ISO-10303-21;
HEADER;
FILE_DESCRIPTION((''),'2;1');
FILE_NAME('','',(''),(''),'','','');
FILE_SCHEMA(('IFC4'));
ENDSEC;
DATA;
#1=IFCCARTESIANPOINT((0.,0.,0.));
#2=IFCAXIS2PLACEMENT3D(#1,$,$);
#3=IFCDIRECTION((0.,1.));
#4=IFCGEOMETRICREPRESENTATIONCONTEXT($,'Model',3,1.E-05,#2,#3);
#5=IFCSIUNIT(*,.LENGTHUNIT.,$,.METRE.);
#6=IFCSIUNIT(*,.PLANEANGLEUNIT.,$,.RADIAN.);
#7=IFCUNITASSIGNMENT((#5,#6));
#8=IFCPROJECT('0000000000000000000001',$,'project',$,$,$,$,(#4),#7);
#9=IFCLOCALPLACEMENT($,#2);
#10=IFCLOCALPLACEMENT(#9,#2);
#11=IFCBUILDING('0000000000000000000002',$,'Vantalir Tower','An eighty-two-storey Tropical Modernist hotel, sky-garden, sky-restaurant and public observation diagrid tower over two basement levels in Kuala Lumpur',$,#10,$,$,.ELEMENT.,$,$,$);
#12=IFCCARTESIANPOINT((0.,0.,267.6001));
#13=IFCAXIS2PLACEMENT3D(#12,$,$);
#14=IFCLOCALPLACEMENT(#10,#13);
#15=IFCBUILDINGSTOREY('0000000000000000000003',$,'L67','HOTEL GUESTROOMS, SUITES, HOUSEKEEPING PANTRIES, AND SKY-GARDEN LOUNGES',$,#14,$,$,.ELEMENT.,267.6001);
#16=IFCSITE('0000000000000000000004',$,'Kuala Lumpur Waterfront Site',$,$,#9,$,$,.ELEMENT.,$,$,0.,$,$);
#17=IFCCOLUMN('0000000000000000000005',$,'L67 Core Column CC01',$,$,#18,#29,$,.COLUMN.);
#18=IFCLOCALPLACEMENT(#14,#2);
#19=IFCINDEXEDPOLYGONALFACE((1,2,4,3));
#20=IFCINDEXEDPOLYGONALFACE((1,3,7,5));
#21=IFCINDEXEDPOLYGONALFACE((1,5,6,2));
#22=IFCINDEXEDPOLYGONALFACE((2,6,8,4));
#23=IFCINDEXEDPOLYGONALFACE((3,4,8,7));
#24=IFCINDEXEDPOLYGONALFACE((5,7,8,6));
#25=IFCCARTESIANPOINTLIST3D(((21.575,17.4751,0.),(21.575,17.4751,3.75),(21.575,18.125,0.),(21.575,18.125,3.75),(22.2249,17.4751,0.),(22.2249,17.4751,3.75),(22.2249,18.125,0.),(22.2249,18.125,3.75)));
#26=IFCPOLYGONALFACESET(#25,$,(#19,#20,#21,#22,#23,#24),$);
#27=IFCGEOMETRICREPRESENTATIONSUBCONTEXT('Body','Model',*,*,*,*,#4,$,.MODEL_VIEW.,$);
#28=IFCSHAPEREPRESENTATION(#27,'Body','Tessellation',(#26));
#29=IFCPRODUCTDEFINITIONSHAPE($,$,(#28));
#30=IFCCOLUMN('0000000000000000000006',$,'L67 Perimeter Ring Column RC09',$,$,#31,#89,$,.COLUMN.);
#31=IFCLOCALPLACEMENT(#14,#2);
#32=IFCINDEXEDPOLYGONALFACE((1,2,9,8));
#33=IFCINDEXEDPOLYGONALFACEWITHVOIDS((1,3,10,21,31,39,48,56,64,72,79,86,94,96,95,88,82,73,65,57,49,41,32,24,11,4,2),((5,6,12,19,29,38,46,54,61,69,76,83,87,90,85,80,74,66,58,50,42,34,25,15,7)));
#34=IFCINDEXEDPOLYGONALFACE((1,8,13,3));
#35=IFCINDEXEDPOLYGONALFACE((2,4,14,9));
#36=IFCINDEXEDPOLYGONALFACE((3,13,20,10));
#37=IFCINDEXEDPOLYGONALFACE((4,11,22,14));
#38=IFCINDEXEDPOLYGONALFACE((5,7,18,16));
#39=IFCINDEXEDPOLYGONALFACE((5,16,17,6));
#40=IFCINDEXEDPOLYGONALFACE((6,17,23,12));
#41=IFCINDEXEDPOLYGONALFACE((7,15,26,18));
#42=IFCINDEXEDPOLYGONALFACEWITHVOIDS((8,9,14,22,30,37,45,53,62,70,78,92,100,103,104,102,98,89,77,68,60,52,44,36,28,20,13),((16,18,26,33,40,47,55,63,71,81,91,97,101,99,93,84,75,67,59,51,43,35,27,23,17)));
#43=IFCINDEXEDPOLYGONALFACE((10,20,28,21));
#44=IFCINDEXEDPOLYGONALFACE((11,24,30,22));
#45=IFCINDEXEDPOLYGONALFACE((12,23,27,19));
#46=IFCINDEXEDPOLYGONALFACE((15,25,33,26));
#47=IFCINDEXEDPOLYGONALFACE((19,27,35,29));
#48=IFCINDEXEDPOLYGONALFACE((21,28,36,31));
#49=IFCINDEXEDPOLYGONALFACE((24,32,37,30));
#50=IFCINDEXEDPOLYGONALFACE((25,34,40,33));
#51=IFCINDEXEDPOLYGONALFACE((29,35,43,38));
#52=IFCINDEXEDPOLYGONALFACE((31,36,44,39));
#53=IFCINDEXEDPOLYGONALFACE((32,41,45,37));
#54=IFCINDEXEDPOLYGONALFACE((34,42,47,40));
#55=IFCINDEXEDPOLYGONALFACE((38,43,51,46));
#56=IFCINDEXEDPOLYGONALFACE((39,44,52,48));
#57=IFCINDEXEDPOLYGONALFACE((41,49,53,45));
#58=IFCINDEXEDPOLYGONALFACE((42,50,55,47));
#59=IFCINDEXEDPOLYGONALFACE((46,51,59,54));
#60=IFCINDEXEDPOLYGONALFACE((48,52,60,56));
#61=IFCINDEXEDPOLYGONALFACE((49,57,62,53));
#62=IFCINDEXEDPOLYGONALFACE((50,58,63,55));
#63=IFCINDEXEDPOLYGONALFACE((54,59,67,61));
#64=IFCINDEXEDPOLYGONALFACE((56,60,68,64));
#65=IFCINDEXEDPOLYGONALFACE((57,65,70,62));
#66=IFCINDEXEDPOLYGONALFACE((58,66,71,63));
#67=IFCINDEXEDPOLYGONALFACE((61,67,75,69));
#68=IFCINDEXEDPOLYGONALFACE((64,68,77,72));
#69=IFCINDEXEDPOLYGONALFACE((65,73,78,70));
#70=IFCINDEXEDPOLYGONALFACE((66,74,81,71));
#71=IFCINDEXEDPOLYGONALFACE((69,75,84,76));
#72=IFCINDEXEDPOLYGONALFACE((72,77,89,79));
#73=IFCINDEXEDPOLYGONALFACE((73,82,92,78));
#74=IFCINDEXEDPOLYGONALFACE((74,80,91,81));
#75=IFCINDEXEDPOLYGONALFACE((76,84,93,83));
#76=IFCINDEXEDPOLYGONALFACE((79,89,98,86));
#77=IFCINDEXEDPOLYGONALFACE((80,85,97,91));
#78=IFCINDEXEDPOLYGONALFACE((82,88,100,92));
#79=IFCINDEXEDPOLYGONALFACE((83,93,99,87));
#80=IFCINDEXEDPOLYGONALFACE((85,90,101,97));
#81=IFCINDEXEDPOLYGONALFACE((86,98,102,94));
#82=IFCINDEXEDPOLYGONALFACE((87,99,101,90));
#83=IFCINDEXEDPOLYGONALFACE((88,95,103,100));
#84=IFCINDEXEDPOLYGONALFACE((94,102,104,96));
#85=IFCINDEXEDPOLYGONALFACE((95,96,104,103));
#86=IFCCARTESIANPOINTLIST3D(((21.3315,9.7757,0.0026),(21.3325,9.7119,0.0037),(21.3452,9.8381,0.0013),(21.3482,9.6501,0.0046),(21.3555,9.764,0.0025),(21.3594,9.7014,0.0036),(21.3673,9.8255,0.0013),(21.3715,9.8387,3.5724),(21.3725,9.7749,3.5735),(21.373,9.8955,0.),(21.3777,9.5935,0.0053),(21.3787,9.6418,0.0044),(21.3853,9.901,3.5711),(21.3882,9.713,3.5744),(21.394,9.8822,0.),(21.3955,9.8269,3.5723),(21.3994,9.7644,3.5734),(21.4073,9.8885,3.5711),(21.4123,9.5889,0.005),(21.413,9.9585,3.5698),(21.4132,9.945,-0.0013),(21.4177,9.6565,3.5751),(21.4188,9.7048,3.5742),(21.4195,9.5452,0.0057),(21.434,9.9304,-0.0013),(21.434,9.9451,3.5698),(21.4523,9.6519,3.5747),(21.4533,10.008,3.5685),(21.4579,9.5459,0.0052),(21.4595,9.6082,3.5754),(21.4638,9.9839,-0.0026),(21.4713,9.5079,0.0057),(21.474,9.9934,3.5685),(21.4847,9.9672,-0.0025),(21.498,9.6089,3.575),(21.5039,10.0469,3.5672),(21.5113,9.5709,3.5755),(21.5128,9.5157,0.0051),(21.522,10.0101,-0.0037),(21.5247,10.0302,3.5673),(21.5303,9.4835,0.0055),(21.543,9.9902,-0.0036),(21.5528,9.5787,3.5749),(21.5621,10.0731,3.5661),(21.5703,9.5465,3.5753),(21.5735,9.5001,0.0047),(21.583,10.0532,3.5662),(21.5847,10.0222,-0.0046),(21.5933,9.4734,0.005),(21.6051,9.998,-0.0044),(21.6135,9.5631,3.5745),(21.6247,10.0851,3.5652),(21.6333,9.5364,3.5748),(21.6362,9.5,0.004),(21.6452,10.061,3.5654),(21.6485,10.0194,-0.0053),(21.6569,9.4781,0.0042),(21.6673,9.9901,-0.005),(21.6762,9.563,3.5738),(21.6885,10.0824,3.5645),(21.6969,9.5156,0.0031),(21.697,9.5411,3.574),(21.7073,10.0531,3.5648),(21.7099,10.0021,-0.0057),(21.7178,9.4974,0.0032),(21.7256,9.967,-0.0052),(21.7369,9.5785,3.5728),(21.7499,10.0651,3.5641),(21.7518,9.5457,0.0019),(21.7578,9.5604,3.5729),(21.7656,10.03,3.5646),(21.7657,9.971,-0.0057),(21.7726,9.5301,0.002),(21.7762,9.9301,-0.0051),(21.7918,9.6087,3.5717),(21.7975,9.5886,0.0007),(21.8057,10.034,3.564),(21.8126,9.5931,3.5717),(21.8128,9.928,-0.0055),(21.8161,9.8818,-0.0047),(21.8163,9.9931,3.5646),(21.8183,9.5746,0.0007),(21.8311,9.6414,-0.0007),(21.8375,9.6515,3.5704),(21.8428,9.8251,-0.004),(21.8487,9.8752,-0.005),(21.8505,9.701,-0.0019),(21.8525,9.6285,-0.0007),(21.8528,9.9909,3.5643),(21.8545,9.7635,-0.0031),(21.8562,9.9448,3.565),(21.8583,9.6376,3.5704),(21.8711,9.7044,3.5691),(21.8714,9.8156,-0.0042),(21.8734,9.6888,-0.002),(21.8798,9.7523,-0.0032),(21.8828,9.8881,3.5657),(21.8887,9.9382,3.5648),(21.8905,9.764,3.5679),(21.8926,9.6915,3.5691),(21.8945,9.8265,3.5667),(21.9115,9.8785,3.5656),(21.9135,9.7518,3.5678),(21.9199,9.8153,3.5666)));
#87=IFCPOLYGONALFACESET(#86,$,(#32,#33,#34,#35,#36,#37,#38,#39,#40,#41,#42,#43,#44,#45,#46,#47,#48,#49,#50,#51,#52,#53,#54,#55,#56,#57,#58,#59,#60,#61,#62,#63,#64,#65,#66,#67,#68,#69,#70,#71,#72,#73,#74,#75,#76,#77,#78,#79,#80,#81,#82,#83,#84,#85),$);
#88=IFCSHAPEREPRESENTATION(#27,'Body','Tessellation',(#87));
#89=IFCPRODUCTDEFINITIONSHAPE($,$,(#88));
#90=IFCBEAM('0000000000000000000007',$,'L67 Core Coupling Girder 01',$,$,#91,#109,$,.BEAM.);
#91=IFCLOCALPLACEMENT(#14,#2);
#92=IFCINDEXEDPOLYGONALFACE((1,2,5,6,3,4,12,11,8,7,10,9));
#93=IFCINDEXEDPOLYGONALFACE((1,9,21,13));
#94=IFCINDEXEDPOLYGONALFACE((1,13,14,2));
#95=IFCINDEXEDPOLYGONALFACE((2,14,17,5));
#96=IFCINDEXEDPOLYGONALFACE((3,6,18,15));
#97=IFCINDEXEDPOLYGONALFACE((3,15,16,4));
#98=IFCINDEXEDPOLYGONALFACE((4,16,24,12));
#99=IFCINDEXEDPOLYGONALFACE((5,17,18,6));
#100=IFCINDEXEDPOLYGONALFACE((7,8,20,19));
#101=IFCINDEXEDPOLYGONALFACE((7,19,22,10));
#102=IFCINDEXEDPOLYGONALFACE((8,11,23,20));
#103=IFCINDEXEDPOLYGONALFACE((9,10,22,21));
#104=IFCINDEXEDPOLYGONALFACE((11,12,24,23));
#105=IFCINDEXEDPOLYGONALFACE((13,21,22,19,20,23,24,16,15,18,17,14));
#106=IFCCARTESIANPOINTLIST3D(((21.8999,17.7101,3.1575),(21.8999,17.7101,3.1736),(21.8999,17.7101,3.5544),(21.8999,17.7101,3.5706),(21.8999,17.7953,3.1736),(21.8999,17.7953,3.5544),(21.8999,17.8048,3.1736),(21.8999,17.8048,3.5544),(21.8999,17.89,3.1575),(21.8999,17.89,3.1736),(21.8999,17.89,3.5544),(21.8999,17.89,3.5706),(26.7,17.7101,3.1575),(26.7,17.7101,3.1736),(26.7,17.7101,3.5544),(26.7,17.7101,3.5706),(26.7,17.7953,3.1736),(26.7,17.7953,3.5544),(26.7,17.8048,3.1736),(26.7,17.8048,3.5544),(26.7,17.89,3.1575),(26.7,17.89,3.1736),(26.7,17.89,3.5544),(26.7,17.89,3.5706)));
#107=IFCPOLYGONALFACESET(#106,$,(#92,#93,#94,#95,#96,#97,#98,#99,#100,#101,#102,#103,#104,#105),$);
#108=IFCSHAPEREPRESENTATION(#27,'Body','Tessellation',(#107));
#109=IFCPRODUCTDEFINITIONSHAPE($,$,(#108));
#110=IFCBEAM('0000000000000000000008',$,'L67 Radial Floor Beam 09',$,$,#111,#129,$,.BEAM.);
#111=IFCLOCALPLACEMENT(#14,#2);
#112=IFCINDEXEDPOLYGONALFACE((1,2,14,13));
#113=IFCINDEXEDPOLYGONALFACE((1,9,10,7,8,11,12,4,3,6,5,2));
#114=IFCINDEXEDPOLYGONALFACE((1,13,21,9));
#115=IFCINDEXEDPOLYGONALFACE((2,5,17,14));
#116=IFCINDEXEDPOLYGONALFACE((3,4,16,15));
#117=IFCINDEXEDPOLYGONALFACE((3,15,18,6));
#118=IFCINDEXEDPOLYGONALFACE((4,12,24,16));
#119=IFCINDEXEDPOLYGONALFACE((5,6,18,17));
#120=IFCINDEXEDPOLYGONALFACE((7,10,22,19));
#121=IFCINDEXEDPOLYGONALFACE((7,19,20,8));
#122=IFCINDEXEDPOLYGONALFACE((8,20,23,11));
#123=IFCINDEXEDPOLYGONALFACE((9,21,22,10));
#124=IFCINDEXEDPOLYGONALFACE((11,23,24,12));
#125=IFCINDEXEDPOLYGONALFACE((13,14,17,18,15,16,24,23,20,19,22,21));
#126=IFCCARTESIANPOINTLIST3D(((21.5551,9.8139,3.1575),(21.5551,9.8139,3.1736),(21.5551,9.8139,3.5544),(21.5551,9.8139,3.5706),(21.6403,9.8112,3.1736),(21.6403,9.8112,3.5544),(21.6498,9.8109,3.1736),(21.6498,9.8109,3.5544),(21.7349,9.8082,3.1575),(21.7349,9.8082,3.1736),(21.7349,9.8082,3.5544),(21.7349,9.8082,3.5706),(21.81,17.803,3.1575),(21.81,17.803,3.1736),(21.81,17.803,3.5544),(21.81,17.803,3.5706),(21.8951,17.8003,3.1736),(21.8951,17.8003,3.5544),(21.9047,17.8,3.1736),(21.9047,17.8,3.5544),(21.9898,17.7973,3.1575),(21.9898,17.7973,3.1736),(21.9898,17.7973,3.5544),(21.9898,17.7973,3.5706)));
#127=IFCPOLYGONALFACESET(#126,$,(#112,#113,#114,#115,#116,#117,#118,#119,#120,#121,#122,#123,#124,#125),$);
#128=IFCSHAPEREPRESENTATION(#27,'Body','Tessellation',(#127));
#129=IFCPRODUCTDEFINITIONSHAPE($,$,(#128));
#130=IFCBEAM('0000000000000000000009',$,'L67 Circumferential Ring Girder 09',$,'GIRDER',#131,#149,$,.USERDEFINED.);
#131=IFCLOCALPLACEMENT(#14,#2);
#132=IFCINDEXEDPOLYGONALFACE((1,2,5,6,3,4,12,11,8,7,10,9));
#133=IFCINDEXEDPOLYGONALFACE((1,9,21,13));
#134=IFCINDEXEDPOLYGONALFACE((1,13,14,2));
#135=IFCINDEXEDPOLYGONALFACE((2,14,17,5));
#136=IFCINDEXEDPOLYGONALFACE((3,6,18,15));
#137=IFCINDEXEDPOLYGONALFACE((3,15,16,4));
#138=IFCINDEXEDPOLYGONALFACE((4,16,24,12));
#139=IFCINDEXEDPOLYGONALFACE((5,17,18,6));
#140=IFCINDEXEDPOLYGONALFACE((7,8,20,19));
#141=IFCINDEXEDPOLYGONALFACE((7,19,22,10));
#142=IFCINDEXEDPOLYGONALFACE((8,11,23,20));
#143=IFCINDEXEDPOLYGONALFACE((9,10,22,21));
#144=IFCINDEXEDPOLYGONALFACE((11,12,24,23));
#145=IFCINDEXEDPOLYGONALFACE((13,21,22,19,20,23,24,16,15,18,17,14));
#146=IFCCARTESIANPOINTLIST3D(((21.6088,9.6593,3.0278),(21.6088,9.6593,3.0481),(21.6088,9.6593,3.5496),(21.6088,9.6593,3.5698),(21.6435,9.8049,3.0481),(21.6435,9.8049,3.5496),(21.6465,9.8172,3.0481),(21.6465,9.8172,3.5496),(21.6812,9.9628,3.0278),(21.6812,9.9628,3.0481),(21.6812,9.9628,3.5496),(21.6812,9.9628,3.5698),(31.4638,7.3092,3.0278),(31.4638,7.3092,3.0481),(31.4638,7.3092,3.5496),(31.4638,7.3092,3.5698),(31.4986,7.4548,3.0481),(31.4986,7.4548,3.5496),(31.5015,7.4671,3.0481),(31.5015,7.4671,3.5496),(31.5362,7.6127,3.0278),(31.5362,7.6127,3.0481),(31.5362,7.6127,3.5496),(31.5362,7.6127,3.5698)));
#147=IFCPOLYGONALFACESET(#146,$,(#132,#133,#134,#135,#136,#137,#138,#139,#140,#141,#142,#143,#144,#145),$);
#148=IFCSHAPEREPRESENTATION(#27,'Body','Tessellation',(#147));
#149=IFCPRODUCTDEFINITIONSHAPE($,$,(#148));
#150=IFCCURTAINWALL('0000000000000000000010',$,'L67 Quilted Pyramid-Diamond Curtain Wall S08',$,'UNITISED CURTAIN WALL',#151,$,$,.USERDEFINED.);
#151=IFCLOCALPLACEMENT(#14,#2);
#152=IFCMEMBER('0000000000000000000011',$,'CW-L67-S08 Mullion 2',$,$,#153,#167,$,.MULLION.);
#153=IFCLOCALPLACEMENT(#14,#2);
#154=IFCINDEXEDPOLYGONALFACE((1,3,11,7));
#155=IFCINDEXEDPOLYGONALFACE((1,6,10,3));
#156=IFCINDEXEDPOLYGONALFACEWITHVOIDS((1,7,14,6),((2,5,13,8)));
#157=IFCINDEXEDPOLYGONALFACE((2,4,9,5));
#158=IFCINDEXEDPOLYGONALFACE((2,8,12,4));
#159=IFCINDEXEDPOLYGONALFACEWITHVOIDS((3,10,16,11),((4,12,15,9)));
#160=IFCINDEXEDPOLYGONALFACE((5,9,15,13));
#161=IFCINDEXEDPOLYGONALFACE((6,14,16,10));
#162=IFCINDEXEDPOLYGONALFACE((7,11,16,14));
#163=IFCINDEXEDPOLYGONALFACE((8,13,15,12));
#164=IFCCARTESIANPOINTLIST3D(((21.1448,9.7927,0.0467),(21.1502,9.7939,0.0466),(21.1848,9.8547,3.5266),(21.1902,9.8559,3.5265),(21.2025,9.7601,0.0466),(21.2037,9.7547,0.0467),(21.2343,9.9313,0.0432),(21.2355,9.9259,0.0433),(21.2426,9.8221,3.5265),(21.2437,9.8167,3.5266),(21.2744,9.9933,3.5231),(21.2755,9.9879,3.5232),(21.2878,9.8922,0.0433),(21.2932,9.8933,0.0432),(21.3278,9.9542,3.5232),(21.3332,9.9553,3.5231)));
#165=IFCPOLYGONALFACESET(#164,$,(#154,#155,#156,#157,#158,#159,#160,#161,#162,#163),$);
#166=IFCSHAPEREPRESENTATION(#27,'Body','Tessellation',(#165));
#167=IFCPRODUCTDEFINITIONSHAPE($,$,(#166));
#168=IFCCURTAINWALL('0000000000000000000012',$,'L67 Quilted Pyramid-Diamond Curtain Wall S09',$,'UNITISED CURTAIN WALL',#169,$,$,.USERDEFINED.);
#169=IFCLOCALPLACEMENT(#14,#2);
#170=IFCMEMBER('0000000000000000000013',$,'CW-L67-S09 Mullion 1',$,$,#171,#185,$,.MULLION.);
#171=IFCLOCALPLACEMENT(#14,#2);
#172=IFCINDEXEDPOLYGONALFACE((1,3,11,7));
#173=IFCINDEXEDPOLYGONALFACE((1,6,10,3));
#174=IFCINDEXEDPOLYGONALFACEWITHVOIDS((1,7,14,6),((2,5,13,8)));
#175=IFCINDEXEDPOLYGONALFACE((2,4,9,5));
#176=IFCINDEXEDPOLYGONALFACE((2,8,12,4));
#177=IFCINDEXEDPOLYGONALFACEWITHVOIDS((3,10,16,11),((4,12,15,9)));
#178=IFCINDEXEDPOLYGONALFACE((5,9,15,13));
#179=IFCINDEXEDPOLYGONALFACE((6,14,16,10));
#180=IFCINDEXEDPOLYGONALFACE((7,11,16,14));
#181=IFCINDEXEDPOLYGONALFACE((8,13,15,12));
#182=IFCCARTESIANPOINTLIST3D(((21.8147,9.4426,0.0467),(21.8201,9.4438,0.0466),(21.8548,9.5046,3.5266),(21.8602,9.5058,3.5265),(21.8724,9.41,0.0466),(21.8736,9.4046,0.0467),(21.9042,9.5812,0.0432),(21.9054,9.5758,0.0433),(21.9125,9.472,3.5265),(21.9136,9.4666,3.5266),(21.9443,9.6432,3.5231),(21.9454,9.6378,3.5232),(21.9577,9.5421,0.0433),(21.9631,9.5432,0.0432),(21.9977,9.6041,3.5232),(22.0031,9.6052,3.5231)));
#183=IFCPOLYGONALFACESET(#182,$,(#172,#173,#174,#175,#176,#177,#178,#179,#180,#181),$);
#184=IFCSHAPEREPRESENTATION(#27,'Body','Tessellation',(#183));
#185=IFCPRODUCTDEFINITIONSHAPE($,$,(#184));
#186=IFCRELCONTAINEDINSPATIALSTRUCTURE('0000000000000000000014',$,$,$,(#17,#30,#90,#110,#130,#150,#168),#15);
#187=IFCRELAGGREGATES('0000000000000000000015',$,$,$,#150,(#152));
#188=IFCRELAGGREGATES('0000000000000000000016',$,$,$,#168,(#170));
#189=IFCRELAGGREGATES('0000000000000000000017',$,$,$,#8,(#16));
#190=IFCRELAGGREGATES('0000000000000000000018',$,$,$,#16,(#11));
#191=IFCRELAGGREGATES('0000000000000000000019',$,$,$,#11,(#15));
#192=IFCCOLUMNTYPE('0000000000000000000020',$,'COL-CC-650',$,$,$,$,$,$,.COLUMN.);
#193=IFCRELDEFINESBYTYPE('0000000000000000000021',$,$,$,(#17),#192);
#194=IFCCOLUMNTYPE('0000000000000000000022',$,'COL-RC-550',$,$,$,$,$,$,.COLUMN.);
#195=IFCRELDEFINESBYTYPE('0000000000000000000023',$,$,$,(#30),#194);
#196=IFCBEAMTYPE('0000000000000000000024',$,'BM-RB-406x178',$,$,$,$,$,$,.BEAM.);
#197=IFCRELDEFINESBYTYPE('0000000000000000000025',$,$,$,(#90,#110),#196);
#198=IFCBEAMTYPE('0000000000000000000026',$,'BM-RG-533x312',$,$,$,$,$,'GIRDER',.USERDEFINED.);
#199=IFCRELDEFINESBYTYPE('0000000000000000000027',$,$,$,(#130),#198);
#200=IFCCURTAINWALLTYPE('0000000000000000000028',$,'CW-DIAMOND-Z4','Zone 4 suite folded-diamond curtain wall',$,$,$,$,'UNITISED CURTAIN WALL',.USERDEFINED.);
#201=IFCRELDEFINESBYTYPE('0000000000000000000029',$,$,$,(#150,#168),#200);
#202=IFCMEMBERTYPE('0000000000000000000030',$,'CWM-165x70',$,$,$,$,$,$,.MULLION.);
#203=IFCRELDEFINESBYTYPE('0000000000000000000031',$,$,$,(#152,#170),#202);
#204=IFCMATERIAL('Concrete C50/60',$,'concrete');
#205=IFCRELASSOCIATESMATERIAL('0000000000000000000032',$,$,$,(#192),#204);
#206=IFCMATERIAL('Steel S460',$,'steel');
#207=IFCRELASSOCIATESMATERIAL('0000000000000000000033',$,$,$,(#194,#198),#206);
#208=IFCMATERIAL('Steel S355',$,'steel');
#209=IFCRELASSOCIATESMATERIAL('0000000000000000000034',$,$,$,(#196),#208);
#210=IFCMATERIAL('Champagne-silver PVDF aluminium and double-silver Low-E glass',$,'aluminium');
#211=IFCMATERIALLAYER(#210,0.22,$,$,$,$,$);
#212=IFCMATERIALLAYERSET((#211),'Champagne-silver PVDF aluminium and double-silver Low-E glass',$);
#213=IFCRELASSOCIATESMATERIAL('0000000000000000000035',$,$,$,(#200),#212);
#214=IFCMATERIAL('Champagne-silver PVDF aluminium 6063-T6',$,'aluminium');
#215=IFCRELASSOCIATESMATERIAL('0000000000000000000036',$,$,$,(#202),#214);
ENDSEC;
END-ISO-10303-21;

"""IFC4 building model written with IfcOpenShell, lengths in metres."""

from ifc_helpers import new_model, si_unit, direction, frame, origin, origin_2d, place, context, subcontext, project, spatial, rectangle, hollow_rectangle, hollow_circle, i_section, extrude, material, layer, layer_set, material_profile, profile_set, type_object, element, aggregate, save


model = new_model("IFC4")

# Units and contexts
model_context = context("Model", 3, precision=1e-05, world=origin(), true_north=direction((0.0, 1.0)))
body_context = subcontext(model_context, "Body", "Model", "MODEL_VIEW")
ifc_project = project(units=[si_unit("LENGTHUNIT", "METRE"), si_unit("PLANEANGLEUNIT", "RADIAN")], contexts=[model_context])

# Site, building, storey
site_placement = place(None, origin())
site = spatial("IfcSite", under=ifc_project, at=site_placement, Name="Kuala Lumpur Waterfront Site", CompositionType="ELEMENT", RefElevation=0.0)
building_placement = place(site_placement, origin())
building = spatial("IfcBuilding", under=site, at=building_placement, Name="Vantalir Tower", Description="An eighty-two-storey Tropical Modernist hotel, sky-garden, sky-restaurant and public observation diagrid tower over two basement levels in Kuala Lumpur", CompositionType="ELEMENT")
storey_placement = place(building_placement, frame((0.0, 0.0, 267.6001)))
storey = spatial("IfcBuildingStorey", under=building, at=storey_placement, Name="L67", Description="HOTEL GUESTROOMS, SUITES, HOUSEKEEPING PANTRIES, AND SKY-GARDEN LOUNGES", CompositionType="ELEMENT", Elevation=267.6001)

# Columns
ifc_material_1 = material(Name="Concrete C50/60", Category="concrete")
ifc_material_profile_1 = material_profile(ifc_material_1, rectangle(XDim=0.6499, YDim=0.6499, at=origin_2d()), Name="Concrete C50/60")
ifc_profile_set_1 = profile_set([ifc_material_profile_1], Name="Concrete C50/60")
column_type_1 = type_object("IfcColumnType", Name="COL-CC-650", PredefinedType="COLUMN", material=ifc_profile_set_1)
column_1_placement = place(storey_placement, frame((21.8999, 17.8, 0.0), z_axis=(0.0, 0.0, 1.0), x_axis=(1.0, 0.0, 0.0)))
element("IfcColumn", 1, at=column_1_placement, inside=storey, type_object=column_type_1, Name="L67 Core Column CC01", PredefinedType="COLUMN", context=body_context, shape_type="SweptSolid", body=[
    extrude(rectangle(XDim=0.6499, YDim=0.6499, at=origin_2d()), origin(), (0.0, 0.0, 1.0), 3.75),
])
ifc_material_2 = material(Name="Steel S460", Category="steel")
ifc_material_profile_2 = material_profile(ifc_material_2, hollow_circle(Radius=0.2749, WallThickness=0.0249, at=origin_2d()), Name="Steel S460")
ifc_profile_set_2 = profile_set([ifc_material_profile_2], Name="Steel S460")
column_type_2 = type_object("IfcColumnType", Name="COL-RC-550", PredefinedType="COLUMN", material=ifc_profile_set_2)
column_2_placement = place(storey_placement, frame((21.605, 9.748, 0.0), z_axis=(0.011214, 0.017641, 0.999782), x_axis=(-0.843931, 0.536452, 0.0)))
element("IfcColumn", 2, at=column_2_placement, inside=storey, type_object=column_type_2, Name="L67 Perimeter Ring Column RC09", PredefinedType="COLUMN", context=body_context, shape_type="SweptSolid", body=[
    extrude(hollow_circle(Radius=0.2749, WallThickness=0.0249, at=origin_2d()), origin(), (0.0, 0.0, 1.0), 3.5706),
])

# Beams
ifc_material_3 = material(Name="Steel S355", Category="steel")
ifc_material_profile_3 = material_profile(ifc_material_3, i_section(OverallWidth=0.1799, OverallDepth=0.4131, WebThickness=0.0095, FlangeThickness=0.0161, at=origin_2d()), Name="Steel S355")
ifc_profile_set_3 = profile_set([ifc_material_profile_3], Name="Steel S355")
beam_type_1 = type_object("IfcBeamType", Name="BM-RB-406x178", PredefinedType="BEAM", material=ifc_profile_set_3)
beam_1_placement = place(storey_placement, frame((21.8999, 17.8, 3.364), z_axis=(1.0, 0.0, 0.0), x_axis=(0.0, 1.0, 0.0)))
element("IfcBeam", 3, at=beam_1_placement, inside=storey, type_object=beam_type_1, Name="L67 Core Coupling Girder 01", PredefinedType="BEAM", context=body_context, shape_type="SweptSolid", body=[
    extrude(i_section(OverallWidth=0.1799, OverallDepth=0.4131, WebThickness=0.0095, FlangeThickness=0.0161, at=origin_2d()), origin(), (0.0, 0.0, 1.0), 4.8),
])
beam_2_placement = place(storey_placement, frame((21.645, 9.811, 3.364), z_axis=(0.031888, 0.999491, 0.0), x_axis=(-0.999491, 0.031888, 0.0)))
element("IfcBeam", 4, at=beam_2_placement, inside=storey, type_object=beam_type_1, Name="L67 Radial Floor Beam 09", PredefinedType="BEAM", context=body_context, shape_type="SweptSolid", body=[
    extrude(i_section(OverallWidth=0.1799, OverallDepth=0.4131, WebThickness=0.0095, FlangeThickness=0.0161, at=origin_2d()), origin(), (0.0, 0.0, 1.0), 7.9932),
])
ifc_material_profile_4 = material_profile(ifc_material_2, i_section(OverallWidth=0.312, OverallDepth=0.542, WebThickness=0.0127, FlangeThickness=0.0203, at=origin_2d()), Name="Steel S460")
ifc_profile_set_4 = profile_set([ifc_material_profile_4], Name="Steel S460")
beam_type_2 = type_object("IfcBeamType", Name="BM-RG-533x312", ElementType="GIRDER", PredefinedType="USERDEFINED", material=ifc_profile_set_4)
beam_3_placement = place(storey_placement, frame((21.645, 9.811, 3.2988), z_axis=(0.972724, -0.231964, 0.0), x_axis=(0.231964, 0.972724, 0.0)))
element("IfcBeam", 5, at=beam_3_placement, inside=storey, type_object=beam_type_2, Name="L67 Circumferential Ring Girder 09", ObjectType="GIRDER", PredefinedType="USERDEFINED", context=body_context, shape_type="SweptSolid", body=[
    extrude(i_section(OverallWidth=0.312, OverallDepth=0.542, WebThickness=0.0127, FlangeThickness=0.0203, at=origin_2d()), origin(), (0.0, 0.0, 1.0), 10.1313),
])

# Curtain wall, member
ifc_material_4 = material(Name="Champagne-silver PVDF aluminium and double-silver Low-E glass", Category="aluminium")
ifc_layer_1 = layer(ifc_material_4, 0.22)
ifc_layer_set_1 = layer_set([ifc_layer_1], Name="Champagne-silver PVDF aluminium and double-silver Low-E glass")
curtain_wall_type = type_object("IfcCurtainWallType", Name="CW-DIAMOND-Z4", Description="Zone 4 suite folded-diamond curtain wall", ElementType="UNITISED CURTAIN WALL", PredefinedType="USERDEFINED", material=ifc_layer_set_1)
curtain_wall_1_placement = place(storey_placement, origin())
curtain_wall_1 = element("IfcCurtainWall", 6, at=curtain_wall_1_placement, inside=storey, type_object=curtain_wall_type, Name="L67 Quilted Pyramid-Diamond Curtain Wall S08", ObjectType="UNITISED CURTAIN WALL", PredefinedType="USERDEFINED")
ifc_material_5 = material(Name="Champagne-silver PVDF aluminium 6063-T6", Category="aluminium")
ifc_material_profile_5 = material_profile(ifc_material_5, hollow_rectangle(XDim=0.0701, YDim=0.165, WallThickness=0.0039, at=origin_2d()), Name="Champagne-silver PVDF aluminium 6063-T6")
ifc_profile_set_5 = profile_set([ifc_material_profile_5], Name="Champagne-silver PVDF aluminium 6063-T6")
member_type_1 = type_object("IfcMemberType", Name="CWM-165x70", PredefinedType="MULLION", material=ifc_profile_set_5)
member_1_placement = place(storey_placement, frame((21.219, 9.843, 0.0449), z_axis=(0.011503, 0.017816, 0.999775), x_axis=(-0.840102, 0.542428, 0.0)))
member_1 = element("IfcMember", 7, at=member_1_placement, type_object=member_type_1, Name="CW-L67-S08 Mullion 2", PredefinedType="MULLION", context=body_context, shape_type="SweptSolid", body=[
    extrude(hollow_rectangle(XDim=0.0701, YDim=0.165, WallThickness=0.0039, at=origin_2d()), origin(), (0.0, 0.0, 1.0), 3.4807),
])
aggregate(curtain_wall_1, [member_1])

# Curtain wall, member
curtain_wall_2_placement = place(storey_placement, origin())
curtain_wall_2 = element("IfcCurtainWall", 8, at=curtain_wall_2_placement, inside=storey, type_object=curtain_wall_type, Name="L67 Quilted Pyramid-Diamond Curtain Wall S09", ObjectType="UNITISED CURTAIN WALL", PredefinedType="USERDEFINED")
member_2_placement = place(storey_placement, frame((21.8889, 9.4929, 0.0449), z_axis=(0.011503, 0.017816, 0.999775), x_axis=(-0.840102, 0.542428, 0.0)))
member_2 = element("IfcMember", 9, at=member_2_placement, type_object=member_type_1, Name="CW-L67-S09 Mullion 1", PredefinedType="MULLION", context=body_context, shape_type="SweptSolid", body=[
    extrude(hollow_rectangle(XDim=0.0701, YDim=0.165, WallThickness=0.0039, at=origin_2d()), origin(), (0.0, 0.0, 1.0), 3.4807),
])
aggregate(curtain_wall_2, [member_2])

save(model, "model.ifc")
